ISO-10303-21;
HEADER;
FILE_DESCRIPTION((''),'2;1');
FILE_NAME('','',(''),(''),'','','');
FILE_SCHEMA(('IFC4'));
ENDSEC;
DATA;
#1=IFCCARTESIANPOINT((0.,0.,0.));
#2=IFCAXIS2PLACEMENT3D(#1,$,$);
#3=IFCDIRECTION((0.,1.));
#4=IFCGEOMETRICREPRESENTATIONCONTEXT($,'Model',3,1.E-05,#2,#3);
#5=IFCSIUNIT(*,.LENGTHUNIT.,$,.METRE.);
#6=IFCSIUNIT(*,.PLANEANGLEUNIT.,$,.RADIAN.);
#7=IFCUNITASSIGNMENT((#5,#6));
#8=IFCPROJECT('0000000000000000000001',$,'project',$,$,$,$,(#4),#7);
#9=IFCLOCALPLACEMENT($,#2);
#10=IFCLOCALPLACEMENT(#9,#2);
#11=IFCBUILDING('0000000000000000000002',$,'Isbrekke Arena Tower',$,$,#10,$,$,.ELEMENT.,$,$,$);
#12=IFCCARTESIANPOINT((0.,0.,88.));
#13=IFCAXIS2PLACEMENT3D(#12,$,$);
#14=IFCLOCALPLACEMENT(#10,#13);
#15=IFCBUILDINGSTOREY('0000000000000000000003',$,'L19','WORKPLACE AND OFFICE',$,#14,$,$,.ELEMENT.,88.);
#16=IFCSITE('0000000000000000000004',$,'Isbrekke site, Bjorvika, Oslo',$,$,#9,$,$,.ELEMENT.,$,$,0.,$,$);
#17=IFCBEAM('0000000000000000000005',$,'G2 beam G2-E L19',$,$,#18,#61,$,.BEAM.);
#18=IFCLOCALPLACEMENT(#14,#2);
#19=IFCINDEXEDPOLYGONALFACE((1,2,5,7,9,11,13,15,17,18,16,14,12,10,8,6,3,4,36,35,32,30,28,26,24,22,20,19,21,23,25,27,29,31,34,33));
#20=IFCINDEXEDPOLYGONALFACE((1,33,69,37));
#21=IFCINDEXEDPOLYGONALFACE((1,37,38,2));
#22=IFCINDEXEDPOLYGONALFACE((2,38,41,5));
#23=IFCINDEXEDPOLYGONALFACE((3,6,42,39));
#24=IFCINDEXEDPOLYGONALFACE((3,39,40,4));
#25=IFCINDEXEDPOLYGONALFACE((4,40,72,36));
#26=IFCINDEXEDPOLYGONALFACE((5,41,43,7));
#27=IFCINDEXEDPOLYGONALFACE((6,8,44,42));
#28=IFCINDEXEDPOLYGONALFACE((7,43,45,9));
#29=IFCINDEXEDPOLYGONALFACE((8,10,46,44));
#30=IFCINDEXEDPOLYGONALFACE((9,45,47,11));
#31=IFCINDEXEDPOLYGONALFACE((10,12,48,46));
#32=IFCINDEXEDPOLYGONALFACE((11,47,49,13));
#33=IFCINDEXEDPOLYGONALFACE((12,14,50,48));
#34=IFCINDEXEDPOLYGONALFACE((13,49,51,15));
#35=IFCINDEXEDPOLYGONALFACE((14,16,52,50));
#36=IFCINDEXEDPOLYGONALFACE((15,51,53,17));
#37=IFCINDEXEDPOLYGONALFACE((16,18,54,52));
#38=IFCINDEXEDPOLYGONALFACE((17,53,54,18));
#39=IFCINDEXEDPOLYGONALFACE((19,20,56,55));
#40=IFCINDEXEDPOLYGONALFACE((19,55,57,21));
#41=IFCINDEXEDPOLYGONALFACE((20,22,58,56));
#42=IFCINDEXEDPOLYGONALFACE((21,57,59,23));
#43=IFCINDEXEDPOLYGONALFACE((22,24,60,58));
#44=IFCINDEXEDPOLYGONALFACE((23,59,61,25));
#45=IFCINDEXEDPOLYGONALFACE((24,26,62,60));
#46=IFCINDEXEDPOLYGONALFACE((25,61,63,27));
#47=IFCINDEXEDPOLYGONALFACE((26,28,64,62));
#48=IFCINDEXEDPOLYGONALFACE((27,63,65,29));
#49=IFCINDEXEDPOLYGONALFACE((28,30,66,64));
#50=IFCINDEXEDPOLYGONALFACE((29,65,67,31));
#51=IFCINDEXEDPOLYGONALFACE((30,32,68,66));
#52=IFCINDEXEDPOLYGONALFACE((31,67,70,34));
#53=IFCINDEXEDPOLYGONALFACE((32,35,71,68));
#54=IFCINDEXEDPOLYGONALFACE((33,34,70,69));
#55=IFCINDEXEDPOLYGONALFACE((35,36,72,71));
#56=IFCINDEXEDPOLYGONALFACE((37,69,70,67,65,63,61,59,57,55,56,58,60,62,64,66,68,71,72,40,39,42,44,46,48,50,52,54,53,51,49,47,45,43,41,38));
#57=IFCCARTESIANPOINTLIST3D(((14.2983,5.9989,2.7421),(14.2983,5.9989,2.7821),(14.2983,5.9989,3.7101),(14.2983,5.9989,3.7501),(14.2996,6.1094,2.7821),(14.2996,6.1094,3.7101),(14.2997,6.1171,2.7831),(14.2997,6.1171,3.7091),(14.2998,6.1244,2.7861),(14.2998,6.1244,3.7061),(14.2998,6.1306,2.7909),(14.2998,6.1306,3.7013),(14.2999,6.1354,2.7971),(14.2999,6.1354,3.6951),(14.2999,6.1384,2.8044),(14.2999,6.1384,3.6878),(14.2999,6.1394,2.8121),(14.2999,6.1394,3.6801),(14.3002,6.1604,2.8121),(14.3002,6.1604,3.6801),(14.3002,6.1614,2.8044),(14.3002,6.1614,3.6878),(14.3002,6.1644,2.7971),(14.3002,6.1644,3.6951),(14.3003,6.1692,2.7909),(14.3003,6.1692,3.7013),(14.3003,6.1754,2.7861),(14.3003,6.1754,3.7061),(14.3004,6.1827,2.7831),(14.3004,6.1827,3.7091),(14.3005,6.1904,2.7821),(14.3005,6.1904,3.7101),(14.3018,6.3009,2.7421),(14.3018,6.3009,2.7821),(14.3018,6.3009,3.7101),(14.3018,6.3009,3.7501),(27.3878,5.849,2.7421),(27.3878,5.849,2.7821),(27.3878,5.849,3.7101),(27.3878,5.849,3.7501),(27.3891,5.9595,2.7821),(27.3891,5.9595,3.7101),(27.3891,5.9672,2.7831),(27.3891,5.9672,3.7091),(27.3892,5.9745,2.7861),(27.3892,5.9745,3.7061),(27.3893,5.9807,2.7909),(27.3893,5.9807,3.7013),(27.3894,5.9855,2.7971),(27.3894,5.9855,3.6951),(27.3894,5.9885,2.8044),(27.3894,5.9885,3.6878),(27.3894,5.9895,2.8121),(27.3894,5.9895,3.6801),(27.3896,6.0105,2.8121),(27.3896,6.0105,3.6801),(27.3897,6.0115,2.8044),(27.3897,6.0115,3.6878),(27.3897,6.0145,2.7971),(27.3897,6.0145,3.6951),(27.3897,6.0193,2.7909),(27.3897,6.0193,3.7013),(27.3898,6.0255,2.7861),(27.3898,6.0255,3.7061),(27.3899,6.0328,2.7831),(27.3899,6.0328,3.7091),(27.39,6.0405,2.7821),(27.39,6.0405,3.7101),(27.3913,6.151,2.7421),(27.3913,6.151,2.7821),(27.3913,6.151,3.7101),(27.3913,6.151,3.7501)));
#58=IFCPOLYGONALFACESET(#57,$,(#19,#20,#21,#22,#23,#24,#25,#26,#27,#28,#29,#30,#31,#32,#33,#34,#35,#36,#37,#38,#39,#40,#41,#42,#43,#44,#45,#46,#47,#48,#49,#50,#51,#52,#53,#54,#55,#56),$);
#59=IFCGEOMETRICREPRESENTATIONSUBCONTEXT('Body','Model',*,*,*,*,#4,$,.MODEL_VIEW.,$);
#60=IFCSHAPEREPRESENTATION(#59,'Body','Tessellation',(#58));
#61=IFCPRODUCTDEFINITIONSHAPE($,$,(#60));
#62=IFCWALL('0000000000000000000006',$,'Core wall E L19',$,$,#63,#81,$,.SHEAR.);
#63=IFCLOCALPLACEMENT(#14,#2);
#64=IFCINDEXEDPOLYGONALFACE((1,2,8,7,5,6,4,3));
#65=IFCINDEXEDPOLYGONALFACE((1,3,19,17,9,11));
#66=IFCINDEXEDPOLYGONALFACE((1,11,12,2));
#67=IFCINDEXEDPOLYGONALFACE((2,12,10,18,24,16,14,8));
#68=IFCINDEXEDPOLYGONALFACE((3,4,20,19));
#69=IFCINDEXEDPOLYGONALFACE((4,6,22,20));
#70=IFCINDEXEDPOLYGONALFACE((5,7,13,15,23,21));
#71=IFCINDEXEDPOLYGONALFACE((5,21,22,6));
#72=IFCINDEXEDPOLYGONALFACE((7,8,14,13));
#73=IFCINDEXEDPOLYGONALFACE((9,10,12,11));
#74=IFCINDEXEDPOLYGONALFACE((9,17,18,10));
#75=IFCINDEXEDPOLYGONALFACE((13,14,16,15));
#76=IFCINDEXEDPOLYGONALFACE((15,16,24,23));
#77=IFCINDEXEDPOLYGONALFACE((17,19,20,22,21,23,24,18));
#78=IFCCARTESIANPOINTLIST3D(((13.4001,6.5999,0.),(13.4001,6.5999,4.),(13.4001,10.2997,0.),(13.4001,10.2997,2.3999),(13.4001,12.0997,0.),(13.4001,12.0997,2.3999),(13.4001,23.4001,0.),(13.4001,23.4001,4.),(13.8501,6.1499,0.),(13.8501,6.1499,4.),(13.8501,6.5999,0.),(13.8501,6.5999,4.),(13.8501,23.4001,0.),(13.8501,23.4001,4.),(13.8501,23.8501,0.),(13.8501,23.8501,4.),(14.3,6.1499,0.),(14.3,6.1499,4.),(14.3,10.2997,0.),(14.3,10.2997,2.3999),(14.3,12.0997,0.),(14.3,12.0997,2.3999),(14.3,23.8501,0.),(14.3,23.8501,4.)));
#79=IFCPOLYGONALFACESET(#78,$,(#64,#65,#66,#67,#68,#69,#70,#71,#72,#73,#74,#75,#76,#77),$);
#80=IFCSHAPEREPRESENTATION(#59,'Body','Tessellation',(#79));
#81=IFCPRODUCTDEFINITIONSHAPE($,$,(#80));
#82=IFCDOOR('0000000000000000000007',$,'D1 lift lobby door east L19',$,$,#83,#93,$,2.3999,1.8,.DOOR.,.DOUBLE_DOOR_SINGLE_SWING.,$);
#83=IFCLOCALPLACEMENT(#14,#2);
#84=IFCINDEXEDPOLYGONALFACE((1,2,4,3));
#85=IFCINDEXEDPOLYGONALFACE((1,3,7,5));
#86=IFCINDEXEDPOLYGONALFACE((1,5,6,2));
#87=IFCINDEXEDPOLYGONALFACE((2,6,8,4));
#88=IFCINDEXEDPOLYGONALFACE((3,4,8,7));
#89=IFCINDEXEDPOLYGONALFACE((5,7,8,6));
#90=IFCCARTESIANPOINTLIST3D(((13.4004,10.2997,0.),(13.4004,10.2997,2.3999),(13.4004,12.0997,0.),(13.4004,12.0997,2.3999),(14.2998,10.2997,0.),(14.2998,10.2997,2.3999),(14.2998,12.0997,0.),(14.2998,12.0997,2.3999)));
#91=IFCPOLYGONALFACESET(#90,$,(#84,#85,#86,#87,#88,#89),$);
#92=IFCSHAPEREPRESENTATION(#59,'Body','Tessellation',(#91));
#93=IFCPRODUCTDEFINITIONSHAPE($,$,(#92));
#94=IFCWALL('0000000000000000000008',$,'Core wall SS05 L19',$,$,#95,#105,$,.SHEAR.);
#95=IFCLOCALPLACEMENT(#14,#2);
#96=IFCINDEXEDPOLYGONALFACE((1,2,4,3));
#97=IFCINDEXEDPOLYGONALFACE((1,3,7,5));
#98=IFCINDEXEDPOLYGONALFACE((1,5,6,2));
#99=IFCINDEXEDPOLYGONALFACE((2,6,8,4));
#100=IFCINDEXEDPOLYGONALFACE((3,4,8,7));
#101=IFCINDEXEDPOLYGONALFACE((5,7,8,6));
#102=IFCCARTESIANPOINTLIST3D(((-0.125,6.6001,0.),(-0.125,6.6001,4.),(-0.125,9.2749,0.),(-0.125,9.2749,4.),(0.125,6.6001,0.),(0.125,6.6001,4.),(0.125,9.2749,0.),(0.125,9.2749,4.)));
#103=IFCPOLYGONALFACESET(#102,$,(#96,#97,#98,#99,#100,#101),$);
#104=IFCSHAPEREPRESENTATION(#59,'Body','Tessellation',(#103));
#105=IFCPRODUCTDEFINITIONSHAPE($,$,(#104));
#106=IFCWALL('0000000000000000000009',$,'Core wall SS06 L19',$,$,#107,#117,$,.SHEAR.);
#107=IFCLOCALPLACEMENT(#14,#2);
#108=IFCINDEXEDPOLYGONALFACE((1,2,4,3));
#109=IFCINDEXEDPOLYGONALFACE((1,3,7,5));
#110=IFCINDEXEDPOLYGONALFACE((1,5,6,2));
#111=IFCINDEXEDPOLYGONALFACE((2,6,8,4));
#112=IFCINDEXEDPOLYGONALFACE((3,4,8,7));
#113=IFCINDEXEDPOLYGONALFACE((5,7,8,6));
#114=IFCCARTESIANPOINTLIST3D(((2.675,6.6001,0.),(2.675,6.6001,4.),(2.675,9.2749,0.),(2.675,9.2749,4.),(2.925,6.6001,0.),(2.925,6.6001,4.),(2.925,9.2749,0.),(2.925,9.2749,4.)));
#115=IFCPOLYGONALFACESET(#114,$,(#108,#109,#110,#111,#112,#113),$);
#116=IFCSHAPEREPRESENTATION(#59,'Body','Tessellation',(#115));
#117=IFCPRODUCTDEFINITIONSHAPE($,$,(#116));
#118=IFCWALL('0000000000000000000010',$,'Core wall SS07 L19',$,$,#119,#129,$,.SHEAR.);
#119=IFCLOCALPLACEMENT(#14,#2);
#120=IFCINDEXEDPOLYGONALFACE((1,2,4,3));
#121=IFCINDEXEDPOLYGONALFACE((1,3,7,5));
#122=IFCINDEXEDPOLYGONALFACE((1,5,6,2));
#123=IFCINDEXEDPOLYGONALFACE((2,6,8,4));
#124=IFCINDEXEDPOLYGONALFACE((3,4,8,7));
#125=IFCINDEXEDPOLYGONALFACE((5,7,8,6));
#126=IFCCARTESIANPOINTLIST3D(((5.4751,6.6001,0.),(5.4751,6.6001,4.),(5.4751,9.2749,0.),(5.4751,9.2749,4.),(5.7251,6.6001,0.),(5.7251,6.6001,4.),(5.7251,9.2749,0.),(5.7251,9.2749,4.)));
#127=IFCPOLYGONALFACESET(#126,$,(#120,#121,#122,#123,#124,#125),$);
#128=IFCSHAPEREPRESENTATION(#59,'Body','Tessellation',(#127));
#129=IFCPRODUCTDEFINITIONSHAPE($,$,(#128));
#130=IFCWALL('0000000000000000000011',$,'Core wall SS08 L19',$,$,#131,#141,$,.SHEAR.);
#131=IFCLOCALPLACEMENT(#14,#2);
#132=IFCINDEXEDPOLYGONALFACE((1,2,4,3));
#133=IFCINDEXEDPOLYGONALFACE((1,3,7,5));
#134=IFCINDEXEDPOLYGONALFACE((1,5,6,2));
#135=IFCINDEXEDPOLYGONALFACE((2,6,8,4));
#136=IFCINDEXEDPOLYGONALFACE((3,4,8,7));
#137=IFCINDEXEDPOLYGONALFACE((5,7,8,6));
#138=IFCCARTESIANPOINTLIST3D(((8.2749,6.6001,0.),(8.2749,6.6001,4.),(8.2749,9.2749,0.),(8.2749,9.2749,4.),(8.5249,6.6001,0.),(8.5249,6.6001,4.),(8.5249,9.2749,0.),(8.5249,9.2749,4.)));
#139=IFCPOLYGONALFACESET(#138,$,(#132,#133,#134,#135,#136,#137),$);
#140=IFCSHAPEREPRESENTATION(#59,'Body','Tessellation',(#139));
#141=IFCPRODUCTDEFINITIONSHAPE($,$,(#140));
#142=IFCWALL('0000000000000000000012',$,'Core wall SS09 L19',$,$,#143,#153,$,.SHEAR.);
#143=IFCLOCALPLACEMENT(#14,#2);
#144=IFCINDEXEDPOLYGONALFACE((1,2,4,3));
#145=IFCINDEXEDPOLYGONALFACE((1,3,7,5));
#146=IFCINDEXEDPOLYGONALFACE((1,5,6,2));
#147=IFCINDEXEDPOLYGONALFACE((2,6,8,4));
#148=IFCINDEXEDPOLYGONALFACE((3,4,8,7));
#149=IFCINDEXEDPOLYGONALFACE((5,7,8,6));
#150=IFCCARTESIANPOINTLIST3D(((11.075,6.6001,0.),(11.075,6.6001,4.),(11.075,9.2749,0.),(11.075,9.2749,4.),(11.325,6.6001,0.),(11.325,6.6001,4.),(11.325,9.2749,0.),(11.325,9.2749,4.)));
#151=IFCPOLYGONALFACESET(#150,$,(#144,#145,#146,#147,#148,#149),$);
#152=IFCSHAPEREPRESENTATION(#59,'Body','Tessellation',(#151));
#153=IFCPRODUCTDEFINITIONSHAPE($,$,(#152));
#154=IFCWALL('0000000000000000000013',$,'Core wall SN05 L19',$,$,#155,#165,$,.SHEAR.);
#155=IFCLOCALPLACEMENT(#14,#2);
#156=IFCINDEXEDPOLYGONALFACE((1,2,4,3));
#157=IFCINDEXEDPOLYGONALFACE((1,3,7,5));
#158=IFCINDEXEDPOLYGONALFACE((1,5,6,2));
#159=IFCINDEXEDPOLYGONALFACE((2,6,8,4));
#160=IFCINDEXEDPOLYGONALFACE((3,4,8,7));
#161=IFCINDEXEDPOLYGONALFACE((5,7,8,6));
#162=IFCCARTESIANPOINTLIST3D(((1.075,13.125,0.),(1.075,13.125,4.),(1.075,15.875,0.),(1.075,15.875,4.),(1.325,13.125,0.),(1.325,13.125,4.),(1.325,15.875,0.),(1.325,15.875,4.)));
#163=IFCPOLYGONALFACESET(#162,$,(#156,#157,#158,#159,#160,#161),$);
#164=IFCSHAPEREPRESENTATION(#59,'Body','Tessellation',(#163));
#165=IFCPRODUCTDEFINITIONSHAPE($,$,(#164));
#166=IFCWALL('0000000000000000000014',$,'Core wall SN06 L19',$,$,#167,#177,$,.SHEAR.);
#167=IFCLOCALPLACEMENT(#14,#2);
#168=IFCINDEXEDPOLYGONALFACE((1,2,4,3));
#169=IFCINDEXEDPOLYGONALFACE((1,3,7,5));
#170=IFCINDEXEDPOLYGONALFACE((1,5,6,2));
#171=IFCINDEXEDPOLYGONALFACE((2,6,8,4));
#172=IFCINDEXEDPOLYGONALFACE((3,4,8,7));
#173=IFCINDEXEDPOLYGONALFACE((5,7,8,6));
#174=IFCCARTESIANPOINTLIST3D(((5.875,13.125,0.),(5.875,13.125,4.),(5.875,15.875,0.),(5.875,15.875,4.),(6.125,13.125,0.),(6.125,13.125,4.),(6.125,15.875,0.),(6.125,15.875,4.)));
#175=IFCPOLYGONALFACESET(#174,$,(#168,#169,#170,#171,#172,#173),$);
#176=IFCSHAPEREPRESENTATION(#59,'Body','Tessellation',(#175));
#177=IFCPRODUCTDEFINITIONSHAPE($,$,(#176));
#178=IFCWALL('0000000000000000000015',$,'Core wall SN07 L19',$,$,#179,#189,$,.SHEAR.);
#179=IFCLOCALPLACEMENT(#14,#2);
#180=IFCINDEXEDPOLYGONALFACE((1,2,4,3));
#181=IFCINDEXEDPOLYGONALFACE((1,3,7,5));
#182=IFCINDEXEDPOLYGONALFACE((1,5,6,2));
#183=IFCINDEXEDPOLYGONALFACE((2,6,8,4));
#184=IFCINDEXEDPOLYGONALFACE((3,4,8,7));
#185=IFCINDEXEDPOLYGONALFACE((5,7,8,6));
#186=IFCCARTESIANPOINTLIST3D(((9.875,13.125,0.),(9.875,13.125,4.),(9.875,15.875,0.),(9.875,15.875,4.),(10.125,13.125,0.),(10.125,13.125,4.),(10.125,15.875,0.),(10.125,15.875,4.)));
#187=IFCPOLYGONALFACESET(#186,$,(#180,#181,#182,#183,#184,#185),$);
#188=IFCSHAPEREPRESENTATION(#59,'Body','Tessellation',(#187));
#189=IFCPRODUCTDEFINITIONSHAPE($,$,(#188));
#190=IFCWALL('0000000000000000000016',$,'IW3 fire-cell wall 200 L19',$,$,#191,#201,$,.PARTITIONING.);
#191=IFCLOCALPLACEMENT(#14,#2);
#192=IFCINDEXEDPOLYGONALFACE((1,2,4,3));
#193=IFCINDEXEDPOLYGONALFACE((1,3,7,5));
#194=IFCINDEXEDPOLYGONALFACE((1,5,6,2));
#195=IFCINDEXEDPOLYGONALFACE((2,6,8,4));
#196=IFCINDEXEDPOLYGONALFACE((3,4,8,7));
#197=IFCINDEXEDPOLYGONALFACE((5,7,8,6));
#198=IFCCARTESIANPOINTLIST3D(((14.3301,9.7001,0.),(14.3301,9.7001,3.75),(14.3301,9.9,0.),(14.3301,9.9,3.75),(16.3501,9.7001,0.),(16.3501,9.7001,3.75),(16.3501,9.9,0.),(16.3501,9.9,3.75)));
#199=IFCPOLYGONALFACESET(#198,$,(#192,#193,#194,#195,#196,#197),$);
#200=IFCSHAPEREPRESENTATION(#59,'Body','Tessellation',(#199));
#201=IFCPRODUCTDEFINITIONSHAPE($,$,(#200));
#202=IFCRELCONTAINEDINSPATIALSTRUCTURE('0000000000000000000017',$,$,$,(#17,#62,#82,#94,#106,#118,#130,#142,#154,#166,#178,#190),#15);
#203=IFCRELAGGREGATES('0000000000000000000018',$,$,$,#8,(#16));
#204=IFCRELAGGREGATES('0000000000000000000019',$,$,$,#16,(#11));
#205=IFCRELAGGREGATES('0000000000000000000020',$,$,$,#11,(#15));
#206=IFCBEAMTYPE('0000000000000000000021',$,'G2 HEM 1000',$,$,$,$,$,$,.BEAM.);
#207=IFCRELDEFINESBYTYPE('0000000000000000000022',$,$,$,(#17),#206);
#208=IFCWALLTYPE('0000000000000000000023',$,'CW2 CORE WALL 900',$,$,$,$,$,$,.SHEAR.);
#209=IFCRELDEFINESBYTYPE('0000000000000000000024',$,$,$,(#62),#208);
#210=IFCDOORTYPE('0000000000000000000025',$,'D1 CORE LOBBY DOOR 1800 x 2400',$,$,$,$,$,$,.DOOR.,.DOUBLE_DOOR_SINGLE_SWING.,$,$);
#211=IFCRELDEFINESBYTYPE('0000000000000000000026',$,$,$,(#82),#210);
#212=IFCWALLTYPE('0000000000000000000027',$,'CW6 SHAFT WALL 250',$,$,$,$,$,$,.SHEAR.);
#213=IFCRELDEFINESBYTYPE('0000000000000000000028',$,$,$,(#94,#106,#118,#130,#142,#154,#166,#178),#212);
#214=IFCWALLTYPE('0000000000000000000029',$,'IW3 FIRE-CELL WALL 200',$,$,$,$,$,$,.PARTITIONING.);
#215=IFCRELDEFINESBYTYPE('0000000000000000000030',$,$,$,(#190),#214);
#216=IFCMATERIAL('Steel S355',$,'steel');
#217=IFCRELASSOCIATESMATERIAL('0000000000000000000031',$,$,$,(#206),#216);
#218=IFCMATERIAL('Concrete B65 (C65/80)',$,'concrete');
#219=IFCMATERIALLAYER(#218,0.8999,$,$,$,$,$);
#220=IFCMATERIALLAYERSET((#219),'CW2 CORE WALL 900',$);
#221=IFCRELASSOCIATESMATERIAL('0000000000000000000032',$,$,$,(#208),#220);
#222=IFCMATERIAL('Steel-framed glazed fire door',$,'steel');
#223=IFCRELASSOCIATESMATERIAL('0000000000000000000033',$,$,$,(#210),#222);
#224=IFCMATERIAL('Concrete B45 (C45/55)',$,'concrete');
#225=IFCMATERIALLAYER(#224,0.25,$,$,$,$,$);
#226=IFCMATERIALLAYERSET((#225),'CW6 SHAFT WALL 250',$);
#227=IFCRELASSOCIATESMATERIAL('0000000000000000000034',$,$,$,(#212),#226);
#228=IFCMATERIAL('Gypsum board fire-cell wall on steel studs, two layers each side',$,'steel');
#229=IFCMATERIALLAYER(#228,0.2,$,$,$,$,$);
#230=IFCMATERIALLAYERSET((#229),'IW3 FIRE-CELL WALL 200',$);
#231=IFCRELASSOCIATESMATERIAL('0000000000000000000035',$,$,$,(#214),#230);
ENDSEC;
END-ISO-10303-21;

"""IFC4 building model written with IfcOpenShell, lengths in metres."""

from ifc_helpers import new_model, si_unit, direction, frame, frame_2d, origin, origin_2d, place, context, subcontext, project, spatial, polyline, rectangle, i_section, outline, extrude, material, layer, layer_set, material_profile, profile_set, type_object, element, fill, save


model = new_model("IFC4")

# Units and contexts
model_context = context("Model", 3, precision=1e-05, world=origin(), true_north=direction((0.0, 1.0)))
body_context = subcontext(model_context, "Body", "Model", "MODEL_VIEW")
ifc_project = project(units=[si_unit("LENGTHUNIT", "METRE"), si_unit("PLANEANGLEUNIT", "RADIAN")], contexts=[model_context])

# Site, building, storey
site_placement = place(None, origin())
site = spatial("IfcSite", under=ifc_project, at=site_placement, Name="Isbrekke site, Bjorvika, Oslo", CompositionType="ELEMENT", RefElevation=0.0)
building_placement = place(site_placement, origin())
building = spatial("IfcBuilding", under=site, at=building_placement, Name="Isbrekke Arena Tower", CompositionType="ELEMENT")
storey_placement = place(building_placement, frame((0.0, 0.0, 88.0)))
storey = spatial("IfcBuildingStorey", under=building, at=storey_placement, Name="L19", Description="WORKPLACE AND OFFICE", CompositionType="ELEMENT", Elevation=88.0)

# Beam
ifc_material_1 = material(Name="Steel S355", Category="steel")
ifc_material_profile = material_profile(ifc_material_1, i_section(OverallWidth=0.302, OverallDepth=1.0081, WebThickness=0.021, FlangeThickness=0.04, FilletRadius=0.03, at=origin_2d()), Name="HEM 1000")
ifc_profile_set = profile_set([ifc_material_profile], Name="Steel S355")
beam_type = type_object("IfcBeamType", Name="G2 HEM 1000", PredefinedType="BEAM", material=ifc_profile_set)
beam_placement = place(storey_placement, frame((14.3, 6.1499, 3.2461), z_axis=(0.999934, -0.011451, 0.0), x_axis=(0.011451, 0.999934, 0.0)))
element("IfcBeam", 1, at=beam_placement, inside=storey, type_object=beam_type, Name="G2 beam G2-E L19", PredefinedType="BEAM", context=body_context, shape_type="SweptSolid", body=[
    extrude(i_section(OverallWidth=0.302, OverallDepth=1.0081, WebThickness=0.021, FlangeThickness=0.04, FilletRadius=0.03, at=origin_2d()), origin(), (0.0, 0.0, 1.0), 13.0903),
])

# Wall, opening, door
ifc_material_2 = material(Name="Concrete B65 (C65/80)", Category="concrete")
ifc_layer_1 = layer(ifc_material_2, 0.8999)
ifc_layer_set_1 = layer_set([ifc_layer_1], Name="CW2 CORE WALL 900")
wall_type_1 = type_object("IfcWallType", Name="CW2 CORE WALL 900", PredefinedType="SHEAR", material=ifc_layer_set_1)
wall_1_placement = place(storey_placement, frame((13.8501, 6.1499, 0.0), z_axis=(0.0, 0.0, 1.0), x_axis=(0.0, 1.0, 0.0)))
wall_1 = element("IfcWall", 2, at=wall_1_placement, inside=storey, type_object=wall_type_1, Name="Core wall E L19", PredefinedType="SHEAR", context=body_context, shape_type="SweptSolid", body=[
    extrude(outline(polyline([(0.0, -0.45), (17.7002, -0.45), (17.7002, 0.0), (17.2502, 0.0), (17.2502, 0.45), (0.45, 0.45), (0.45, 0.0), (0.0, 0.0), (0.0, -0.45)])), origin(), (0.0, 0.0, 1.0), 4.0),
])
opening_1_placement = place(wall_1_placement, frame((4.1499, 0.0, 0.0)))
opening_1 = element("IfcOpeningElement", 3, at=opening_1_placement, cuts=wall_1, PredefinedType="OPENING", context=body_context, shape_type="SweptSolid", body=[
    extrude(rectangle(XDim=1.8, YDim=2.3999, at=frame_2d((0.8999, 1.2))), frame((0.0, 0.4648, 0.0), z_axis=(0.0, -1.0, 0.0), x_axis=(1.0, 0.0, 0.0)), (0.0, 0.0, 1.0), 0.9297),
])
ifc_material_3 = material(Name="Steel-framed glazed fire door", Category="steel")
door_type_1 = type_object("IfcDoorType", Name="D1 CORE LOBBY DOOR 1800 x 2400", OperationType="DOUBLE_DOOR_SINGLE_SWING", PredefinedType="DOOR", material=ifc_material_3)
door_1_placement = place(opening_1_placement, origin())
door_1 = element("IfcDoor", 4, at=door_1_placement, inside=storey, type_object=door_type_1, Name="D1 lift lobby door east L19", OperationType="DOUBLE_DOOR_SINGLE_SWING", OverallHeight=2.3999, OverallWidth=1.8, PredefinedType="DOOR", context=body_context, shape_type="SweptSolid", body=[
    extrude(rectangle(XDim=1.8, YDim=2.3999, at=frame_2d((0.8999, 1.2))), frame((0.0, 0.4497, 0.0), z_axis=(0.0, -1.0, 0.0), x_axis=(1.0, 0.0, 0.0)), (0.0, 0.0, 1.0), 0.8994),
])
fill(opening_1, door_1)

# Walls
ifc_material_4 = material(Name="Concrete B45 (C45/55)", Category="concrete")
ifc_layer_2 = layer(ifc_material_4, 0.25)
ifc_layer_set_2 = layer_set([ifc_layer_2], Name="CW6 SHAFT WALL 250")
wall_type_2 = type_object("IfcWallType", Name="CW6 SHAFT WALL 250", PredefinedType="SHEAR", material=ifc_layer_set_2)
for number, where, z_axis, x_axis, name in (
    (5, (0.0, 6.6001, 0.0), (0.0, 0.0, 1.0), (0.0, 1.0, 0.0), "Core wall SS05 L19"),
    (6, (2.8, 6.6001, 0.0), (0.0, 0.0, 1.0), (0.0, 1.0, 0.0), "Core wall SS06 L19"),
    (7, (5.6001, 6.6001, 0.0), (0.0, 0.0, 1.0), (0.0, 1.0, 0.0), "Core wall SS07 L19"),
    (8, (8.3999, 6.6001, 0.0), (0.0, 0.0, 1.0), (0.0, 1.0, 0.0), "Core wall SS08 L19"),
    (9, (11.2, 6.6001, 0.0), (0.0, 0.0, 1.0), (0.0, 1.0, 0.0), "Core wall SS09 L19"),
):
    element("IfcWall", number, at=place(storey_placement, frame(where, z_axis=z_axis, x_axis=x_axis)), inside=storey, type_object=wall_type_2, Name=name, PredefinedType="SHEAR", context=body_context, shape_type="SweptSolid", body=[
        extrude(rectangle(XDim=2.6748, YDim=0.25, at=frame_2d((1.3374, 0.0))), origin(), (0.0, 0.0, 1.0), 4.0),
    ])
for number, where, z_axis, x_axis, name in (
    (10, (1.2, 13.125, 0.0), (0.0, 0.0, 1.0), (0.0, 1.0, 0.0), "Core wall SN05 L19"),
    (11, (6.0, 13.125, 0.0), (0.0, 0.0, 1.0), (0.0, 1.0, 0.0), "Core wall SN06 L19"),
    (12, (10.0, 13.125, 0.0), (0.0, 0.0, 1.0), (0.0, 1.0, 0.0), "Core wall SN07 L19"),
):
    element("IfcWall", number, at=place(storey_placement, frame(where, z_axis=z_axis, x_axis=x_axis)), inside=storey, type_object=wall_type_2, Name=name, PredefinedType="SHEAR", context=body_context, shape_type="SweptSolid", body=[
        extrude(rectangle(XDim=2.75, YDim=0.25, at=frame_2d((1.375, 0.0))), origin(), (0.0, 0.0, 1.0), 4.0),
    ])
ifc_material_5 = material(Name="Gypsum board fire-cell wall on steel studs, two layers each side", Category="steel")
ifc_layer_3 = layer(ifc_material_5, 0.2)
ifc_layer_set_3 = layer_set([ifc_layer_3], Name="IW3 FIRE-CELL WALL 200")
wall_type_3 = type_object("IfcWallType", Name="IW3 FIRE-CELL WALL 200", PredefinedType="PARTITIONING", material=ifc_layer_set_3)
wall_2_placement = place(storey_placement, frame((14.3301, 9.8, 0.0), z_axis=(0.0, 0.0, 1.0), x_axis=(1.0, 0.0, 0.0)))
element("IfcWall", 13, at=wall_2_placement, inside=storey, type_object=wall_type_3, Name="IW3 fire-cell wall 200 L19", PredefinedType="PARTITIONING", context=body_context, shape_type="SweptSolid", body=[
    extrude(rectangle(XDim=2.02, YDim=0.2, at=frame_2d((1.01, 0.0))), origin(), (0.0, 0.0, 1.0), 3.75),
])

save(model, "model.ifc")
